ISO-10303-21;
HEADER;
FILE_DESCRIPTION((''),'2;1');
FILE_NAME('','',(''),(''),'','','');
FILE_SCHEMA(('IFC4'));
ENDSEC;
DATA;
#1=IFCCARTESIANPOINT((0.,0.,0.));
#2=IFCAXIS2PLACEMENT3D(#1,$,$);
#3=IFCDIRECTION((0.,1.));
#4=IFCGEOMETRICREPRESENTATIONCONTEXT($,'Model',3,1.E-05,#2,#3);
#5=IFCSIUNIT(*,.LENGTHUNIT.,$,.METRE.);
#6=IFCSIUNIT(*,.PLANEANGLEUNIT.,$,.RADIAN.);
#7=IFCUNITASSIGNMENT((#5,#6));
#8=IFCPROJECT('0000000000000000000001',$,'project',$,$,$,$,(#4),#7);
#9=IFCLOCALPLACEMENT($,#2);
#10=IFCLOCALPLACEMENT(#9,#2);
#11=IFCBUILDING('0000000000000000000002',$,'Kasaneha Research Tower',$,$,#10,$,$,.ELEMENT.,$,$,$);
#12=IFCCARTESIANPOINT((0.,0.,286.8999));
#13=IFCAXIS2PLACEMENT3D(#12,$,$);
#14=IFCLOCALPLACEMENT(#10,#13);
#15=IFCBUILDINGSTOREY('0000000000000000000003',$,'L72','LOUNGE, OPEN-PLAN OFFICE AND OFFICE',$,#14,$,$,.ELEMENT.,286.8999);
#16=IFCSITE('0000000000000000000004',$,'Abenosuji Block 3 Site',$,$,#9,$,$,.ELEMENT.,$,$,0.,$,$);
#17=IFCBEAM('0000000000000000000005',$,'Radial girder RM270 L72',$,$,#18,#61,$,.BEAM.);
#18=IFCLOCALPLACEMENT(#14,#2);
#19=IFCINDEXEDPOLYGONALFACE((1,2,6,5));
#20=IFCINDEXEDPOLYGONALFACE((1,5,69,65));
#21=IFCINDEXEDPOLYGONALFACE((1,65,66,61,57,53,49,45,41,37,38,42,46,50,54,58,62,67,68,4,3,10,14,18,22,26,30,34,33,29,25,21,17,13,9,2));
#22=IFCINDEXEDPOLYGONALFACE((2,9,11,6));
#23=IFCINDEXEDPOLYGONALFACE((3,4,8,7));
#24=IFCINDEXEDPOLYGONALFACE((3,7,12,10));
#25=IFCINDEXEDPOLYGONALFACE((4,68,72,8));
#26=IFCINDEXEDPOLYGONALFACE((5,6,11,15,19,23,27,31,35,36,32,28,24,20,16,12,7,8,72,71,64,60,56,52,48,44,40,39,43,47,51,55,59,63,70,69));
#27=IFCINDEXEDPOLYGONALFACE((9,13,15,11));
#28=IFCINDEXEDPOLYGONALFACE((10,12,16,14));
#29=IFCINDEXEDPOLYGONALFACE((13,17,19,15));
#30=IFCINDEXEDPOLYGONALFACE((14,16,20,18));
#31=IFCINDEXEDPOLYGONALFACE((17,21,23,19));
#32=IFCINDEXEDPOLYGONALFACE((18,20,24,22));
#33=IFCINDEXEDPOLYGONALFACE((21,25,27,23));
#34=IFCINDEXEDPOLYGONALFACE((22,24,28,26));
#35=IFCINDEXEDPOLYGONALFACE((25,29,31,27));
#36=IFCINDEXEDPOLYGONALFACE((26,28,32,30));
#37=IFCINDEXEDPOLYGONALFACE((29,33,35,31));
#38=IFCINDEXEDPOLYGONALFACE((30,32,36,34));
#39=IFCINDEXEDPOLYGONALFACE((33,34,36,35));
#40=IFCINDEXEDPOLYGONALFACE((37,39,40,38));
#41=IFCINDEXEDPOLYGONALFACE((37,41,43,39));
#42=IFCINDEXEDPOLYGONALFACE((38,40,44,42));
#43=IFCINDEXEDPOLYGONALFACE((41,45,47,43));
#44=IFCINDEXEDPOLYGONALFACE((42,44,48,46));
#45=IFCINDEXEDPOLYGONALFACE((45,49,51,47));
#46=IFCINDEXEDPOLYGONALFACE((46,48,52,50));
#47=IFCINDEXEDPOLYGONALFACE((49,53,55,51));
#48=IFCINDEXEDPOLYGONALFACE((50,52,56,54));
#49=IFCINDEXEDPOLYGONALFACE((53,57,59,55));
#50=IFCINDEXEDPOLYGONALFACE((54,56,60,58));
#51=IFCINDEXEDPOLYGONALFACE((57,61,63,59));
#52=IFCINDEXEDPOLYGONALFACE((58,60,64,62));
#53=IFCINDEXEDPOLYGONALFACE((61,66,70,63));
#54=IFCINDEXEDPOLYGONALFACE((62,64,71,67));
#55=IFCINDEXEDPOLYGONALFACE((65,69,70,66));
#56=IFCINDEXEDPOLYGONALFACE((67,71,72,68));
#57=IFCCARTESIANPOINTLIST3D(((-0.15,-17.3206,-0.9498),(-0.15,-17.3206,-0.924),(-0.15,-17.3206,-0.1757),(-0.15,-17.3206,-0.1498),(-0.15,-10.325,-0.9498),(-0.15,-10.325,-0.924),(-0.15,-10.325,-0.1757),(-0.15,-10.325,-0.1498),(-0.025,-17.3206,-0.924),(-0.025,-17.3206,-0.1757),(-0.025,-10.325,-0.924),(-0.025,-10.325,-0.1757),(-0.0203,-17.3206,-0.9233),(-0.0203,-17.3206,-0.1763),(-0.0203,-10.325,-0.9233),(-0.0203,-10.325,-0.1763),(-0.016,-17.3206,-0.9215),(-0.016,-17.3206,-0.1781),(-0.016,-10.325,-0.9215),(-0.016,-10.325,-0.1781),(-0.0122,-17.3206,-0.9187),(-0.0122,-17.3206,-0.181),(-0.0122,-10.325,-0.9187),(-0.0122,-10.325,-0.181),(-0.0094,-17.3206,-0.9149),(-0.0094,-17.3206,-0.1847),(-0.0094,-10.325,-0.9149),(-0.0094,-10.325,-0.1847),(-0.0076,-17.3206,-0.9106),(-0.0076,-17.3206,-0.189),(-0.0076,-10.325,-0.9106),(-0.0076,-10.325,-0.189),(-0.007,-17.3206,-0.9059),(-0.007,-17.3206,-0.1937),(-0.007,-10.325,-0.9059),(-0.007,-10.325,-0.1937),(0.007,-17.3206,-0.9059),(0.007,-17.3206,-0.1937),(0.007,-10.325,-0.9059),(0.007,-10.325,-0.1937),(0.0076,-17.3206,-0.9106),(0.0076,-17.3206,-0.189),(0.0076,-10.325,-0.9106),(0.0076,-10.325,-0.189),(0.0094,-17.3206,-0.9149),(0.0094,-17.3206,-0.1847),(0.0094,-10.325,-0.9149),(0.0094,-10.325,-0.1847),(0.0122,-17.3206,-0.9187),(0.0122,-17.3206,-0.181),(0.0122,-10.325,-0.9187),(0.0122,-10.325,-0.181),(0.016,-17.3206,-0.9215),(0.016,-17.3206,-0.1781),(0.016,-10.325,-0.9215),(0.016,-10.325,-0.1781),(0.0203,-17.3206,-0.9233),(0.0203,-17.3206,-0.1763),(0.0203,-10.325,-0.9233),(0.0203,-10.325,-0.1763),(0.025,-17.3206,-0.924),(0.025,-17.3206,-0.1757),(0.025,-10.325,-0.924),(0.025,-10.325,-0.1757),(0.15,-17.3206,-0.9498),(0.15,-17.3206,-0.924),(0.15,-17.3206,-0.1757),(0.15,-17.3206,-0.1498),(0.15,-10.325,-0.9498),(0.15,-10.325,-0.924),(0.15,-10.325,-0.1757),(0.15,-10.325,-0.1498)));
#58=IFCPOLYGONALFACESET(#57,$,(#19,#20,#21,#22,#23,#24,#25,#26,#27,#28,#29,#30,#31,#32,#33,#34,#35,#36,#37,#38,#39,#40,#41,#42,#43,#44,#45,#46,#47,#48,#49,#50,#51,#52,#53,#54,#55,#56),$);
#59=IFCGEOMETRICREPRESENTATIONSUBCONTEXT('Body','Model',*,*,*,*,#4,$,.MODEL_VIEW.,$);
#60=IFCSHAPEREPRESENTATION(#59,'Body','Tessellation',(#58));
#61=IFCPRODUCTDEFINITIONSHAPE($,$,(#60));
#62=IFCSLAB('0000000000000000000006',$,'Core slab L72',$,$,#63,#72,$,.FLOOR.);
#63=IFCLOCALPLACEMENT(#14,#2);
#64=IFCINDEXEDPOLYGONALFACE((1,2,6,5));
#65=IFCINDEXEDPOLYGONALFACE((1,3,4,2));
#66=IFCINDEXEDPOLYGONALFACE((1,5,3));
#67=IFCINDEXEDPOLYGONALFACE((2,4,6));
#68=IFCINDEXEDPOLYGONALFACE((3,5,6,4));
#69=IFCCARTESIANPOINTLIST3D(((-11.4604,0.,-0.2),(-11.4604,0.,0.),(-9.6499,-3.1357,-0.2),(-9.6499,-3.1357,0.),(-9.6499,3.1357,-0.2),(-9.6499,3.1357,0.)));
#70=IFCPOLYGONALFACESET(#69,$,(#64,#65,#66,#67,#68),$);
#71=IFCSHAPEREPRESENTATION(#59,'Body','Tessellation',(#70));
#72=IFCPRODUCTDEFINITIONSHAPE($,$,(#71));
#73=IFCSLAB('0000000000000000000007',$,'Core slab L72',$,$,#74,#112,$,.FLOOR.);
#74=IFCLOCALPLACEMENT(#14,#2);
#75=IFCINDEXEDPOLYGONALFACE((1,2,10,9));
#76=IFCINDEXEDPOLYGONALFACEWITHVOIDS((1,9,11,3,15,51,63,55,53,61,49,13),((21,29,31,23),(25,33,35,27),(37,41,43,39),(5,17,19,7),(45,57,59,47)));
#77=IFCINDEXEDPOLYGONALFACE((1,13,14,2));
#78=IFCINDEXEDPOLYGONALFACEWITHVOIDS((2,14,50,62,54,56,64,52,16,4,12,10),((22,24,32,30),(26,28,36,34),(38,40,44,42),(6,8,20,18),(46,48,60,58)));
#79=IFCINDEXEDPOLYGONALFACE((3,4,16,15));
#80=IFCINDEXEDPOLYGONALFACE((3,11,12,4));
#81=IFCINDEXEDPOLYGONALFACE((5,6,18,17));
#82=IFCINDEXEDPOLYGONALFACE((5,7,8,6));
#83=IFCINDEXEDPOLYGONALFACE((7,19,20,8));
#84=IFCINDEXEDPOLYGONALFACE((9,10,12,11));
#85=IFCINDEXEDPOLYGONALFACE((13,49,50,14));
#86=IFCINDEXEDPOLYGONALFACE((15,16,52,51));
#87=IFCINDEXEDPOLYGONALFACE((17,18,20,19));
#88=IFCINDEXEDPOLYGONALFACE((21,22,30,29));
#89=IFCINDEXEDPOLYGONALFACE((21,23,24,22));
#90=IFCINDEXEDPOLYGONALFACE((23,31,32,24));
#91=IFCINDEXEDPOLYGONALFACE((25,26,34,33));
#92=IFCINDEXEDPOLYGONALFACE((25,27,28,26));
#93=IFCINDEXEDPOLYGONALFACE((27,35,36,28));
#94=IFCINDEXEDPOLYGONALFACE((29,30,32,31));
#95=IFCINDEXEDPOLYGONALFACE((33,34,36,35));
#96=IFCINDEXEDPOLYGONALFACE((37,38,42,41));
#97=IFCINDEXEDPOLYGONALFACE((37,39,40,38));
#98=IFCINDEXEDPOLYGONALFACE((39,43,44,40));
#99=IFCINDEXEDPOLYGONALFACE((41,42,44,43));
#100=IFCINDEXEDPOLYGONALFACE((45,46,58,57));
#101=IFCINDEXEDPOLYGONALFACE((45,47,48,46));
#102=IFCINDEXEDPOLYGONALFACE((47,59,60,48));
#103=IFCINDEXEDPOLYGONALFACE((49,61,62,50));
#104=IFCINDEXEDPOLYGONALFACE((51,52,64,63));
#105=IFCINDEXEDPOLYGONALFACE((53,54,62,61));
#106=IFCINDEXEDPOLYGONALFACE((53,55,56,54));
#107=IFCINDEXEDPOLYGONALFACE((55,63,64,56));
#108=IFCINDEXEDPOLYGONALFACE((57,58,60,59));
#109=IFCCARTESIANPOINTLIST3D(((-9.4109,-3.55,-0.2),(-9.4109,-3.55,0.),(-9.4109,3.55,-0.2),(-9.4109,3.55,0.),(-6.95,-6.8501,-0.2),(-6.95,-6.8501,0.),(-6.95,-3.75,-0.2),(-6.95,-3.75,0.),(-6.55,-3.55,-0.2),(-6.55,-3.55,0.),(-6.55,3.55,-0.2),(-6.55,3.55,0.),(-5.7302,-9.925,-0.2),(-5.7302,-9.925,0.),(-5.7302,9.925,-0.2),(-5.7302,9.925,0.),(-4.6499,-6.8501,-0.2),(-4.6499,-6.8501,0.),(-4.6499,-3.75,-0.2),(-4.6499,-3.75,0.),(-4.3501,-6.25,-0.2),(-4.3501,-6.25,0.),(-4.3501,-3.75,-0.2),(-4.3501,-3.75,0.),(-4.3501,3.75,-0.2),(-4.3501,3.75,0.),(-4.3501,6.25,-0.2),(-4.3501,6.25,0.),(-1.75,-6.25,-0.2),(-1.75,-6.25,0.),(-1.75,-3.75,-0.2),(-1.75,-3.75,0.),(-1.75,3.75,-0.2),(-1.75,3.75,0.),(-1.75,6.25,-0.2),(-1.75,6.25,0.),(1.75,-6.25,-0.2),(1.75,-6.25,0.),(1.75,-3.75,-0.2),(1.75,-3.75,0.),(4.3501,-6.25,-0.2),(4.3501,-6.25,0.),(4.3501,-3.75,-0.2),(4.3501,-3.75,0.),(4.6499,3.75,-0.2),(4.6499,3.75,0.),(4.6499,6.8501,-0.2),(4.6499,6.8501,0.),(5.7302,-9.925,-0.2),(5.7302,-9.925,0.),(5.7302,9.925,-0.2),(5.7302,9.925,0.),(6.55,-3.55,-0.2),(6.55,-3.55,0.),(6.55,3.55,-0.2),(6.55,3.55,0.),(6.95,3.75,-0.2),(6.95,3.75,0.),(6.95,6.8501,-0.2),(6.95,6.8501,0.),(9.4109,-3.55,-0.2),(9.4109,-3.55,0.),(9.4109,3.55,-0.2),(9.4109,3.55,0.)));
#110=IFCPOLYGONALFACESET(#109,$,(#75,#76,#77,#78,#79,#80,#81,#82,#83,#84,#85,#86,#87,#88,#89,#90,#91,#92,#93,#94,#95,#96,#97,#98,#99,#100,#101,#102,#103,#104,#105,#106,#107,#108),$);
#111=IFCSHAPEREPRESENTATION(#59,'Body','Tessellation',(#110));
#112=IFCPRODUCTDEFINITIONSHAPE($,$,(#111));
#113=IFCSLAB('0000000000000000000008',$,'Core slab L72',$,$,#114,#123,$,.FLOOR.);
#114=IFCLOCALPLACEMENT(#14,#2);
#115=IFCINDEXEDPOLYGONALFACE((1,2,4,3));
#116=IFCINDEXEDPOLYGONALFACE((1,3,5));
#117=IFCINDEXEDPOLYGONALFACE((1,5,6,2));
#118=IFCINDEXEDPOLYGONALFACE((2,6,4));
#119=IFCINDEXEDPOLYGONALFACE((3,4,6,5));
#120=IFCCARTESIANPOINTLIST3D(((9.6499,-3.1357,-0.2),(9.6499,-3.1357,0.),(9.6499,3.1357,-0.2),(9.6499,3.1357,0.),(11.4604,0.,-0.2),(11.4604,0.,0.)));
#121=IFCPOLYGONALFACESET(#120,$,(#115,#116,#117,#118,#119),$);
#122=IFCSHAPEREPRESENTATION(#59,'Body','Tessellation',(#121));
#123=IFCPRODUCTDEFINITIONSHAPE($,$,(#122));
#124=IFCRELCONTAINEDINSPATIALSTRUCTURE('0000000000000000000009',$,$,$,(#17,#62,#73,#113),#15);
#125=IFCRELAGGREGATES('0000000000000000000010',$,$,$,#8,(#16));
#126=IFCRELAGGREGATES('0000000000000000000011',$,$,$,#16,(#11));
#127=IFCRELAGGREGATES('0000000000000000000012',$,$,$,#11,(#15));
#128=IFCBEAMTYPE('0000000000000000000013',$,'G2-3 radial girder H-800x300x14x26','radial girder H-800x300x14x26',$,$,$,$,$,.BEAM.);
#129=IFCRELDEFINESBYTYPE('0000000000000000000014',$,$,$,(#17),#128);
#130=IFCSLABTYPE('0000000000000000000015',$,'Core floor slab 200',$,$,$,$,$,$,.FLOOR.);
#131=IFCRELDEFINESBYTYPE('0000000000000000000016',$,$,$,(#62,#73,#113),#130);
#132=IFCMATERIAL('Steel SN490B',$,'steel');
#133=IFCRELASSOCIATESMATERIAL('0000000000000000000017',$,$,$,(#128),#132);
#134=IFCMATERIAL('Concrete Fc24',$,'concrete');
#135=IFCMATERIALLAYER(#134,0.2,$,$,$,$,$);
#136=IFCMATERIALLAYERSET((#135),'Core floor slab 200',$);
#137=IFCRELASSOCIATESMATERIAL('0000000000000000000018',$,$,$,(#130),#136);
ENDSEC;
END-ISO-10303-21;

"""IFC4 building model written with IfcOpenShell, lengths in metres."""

from ifc_helpers import new_model, si_unit, direction, frame, origin, origin_2d, place, context, subcontext, project, spatial, polyline, i_section, outline, extrude, material, layer, layer_set, material_profile, profile_set, type_object, element, save


model = new_model("IFC4")

# Units and contexts
model_context = context("Model", 3, precision=1e-05, world=origin(), true_north=direction((0.0, 1.0)))
body_context = subcontext(model_context, "Body", "Model", "MODEL_VIEW")
ifc_project = project(units=[si_unit("LENGTHUNIT", "METRE"), si_unit("PLANEANGLEUNIT", "RADIAN")], contexts=[model_context])

# Site, building, storey
site_placement = place(None, origin())
site = spatial("IfcSite", under=ifc_project, at=site_placement, Name="Abenosuji Block 3 Site", CompositionType="ELEMENT", RefElevation=0.0)
building_placement = place(site_placement, origin())
building = spatial("IfcBuilding", under=site, at=building_placement, Name="Kasaneha Research Tower", CompositionType="ELEMENT")
storey_placement = place(building_placement, frame((0.0, 0.0, 286.8999)))
storey = spatial("IfcBuildingStorey", under=building, at=storey_placement, Name="L72", Description="LOUNGE, OPEN-PLAN OFFICE AND OFFICE", CompositionType="ELEMENT", Elevation=286.8999)

# Beam
ifc_material_1 = material(Name="Steel SN490B", Category="steel")
ifc_material_profile = material_profile(ifc_material_1, i_section(OverallWidth=0.3, OverallDepth=0.8, WebThickness=0.0139, FlangeThickness=0.0259, FilletRadius=0.0181, at=origin_2d()), Name="H-800x300x14x26")
ifc_profile_set = profile_set([ifc_material_profile], Name="Steel SN490B")
beam_type = type_object("IfcBeamType", Name="G2-3 radial girder H-800x300x14x26", Description="radial girder H-800x300x14x26", PredefinedType="BEAM", material=ifc_profile_set)
beam_placement = place(storey_placement, frame((0.0, -10.325, -0.5498), z_axis=(0.0, -1.0, 0.0), x_axis=(1.0, 0.0, 0.0)))
element("IfcBeam", 1, at=beam_placement, inside=storey, type_object=beam_type, Name="Radial girder RM270 L72", PredefinedType="BEAM", context=body_context, shape_type="SweptSolid", body=[
    extrude(i_section(OverallWidth=0.3, OverallDepth=0.8, WebThickness=0.0139, FlangeThickness=0.0259, FilletRadius=0.0181, at=origin_2d()), origin(), (0.0, 0.0, 1.0), 6.9956),
])

# Slabs
ifc_material_2 = material(Name="Concrete Fc24", Category="concrete")
ifc_layer_1 = layer(ifc_material_2, 0.2)
ifc_layer_set_1 = layer_set([ifc_layer_1], Name="Core floor slab 200")
slab_type_1 = type_object("IfcSlabType", Name="Core floor slab 200", PredefinedType="FLOOR", material=ifc_layer_set_1)
slab_1_placement = place(storey_placement, frame((0.0, 0.0, -0.2)))
element("IfcSlab", 2, at=slab_1_placement, inside=storey, type_object=slab_type_1, Name="Core slab L72", PredefinedType="FLOOR", context=body_context, shape_type="SweptSolid", body=[
    extrude(outline(polyline([(-11.4604, 0.0), (-9.6499, 3.1357), (-9.6499, -3.1357), (-11.4604, 0.0)])), origin(), (0.0, 0.0, 1.0), 0.2),
])
slab_2_placement = place(storey_placement, frame((0.0, 0.0, -0.2)))
element("IfcSlab", 3, at=slab_2_placement, inside=storey, type_object=slab_type_1, Name="Core slab L72", PredefinedType="FLOOR", context=body_context, shape_type="SweptSolid", body=[
    extrude(outline(polyline([(-5.7302, 9.925), (5.7302, 9.925), (9.4109, 3.55), (6.55, 3.55), (6.55, -3.55), (9.4109, -3.55), (5.7302, -9.925), (-5.7302, -9.925), (-9.4109, -3.55), (-6.55, -3.55), (-6.55, 3.55), (-9.4109, 3.55), (-5.7302, 9.925)]), holes=[polyline([(-6.95, -6.8501), (-4.6499, -6.8501), (-4.6499, -3.75), (-6.95, -3.75), (-6.95, -6.8501)]), polyline([(-4.3501, -3.75), (-4.3501, -6.25), (-1.75, -6.25), (-1.75, -3.75), (-4.3501, -3.75)]), polyline([(1.75, -3.75), (1.75, -6.25), (4.3501, -6.25), (4.3501, -3.75), (1.75, -3.75)]), polyline([(-4.3501, 6.25), (-4.3501, 3.75), (-1.75, 3.75), (-1.75, 6.25), (-4.3501, 6.25)]), polyline([(4.6499, 6.8501), (4.6499, 3.75), (6.95, 3.75), (6.95, 6.8501), (4.6499, 6.8501)])]), origin(), (0.0, 0.0, 1.0), 0.2),
])
slab_3_placement = place(storey_placement, frame((0.0, 0.0, -0.2)))
element("IfcSlab", 4, at=slab_3_placement, inside=storey, type_object=slab_type_1, Name="Core slab L72", PredefinedType="FLOOR", context=body_context, shape_type="SweptSolid", body=[
    extrude(outline(polyline([(11.4604, 0.0), (9.6499, -3.1357), (9.6499, 3.1357), (11.4604, 0.0)])), origin(), (0.0, 0.0, 1.0), 0.2),
])

save(model, "model.ifc")
